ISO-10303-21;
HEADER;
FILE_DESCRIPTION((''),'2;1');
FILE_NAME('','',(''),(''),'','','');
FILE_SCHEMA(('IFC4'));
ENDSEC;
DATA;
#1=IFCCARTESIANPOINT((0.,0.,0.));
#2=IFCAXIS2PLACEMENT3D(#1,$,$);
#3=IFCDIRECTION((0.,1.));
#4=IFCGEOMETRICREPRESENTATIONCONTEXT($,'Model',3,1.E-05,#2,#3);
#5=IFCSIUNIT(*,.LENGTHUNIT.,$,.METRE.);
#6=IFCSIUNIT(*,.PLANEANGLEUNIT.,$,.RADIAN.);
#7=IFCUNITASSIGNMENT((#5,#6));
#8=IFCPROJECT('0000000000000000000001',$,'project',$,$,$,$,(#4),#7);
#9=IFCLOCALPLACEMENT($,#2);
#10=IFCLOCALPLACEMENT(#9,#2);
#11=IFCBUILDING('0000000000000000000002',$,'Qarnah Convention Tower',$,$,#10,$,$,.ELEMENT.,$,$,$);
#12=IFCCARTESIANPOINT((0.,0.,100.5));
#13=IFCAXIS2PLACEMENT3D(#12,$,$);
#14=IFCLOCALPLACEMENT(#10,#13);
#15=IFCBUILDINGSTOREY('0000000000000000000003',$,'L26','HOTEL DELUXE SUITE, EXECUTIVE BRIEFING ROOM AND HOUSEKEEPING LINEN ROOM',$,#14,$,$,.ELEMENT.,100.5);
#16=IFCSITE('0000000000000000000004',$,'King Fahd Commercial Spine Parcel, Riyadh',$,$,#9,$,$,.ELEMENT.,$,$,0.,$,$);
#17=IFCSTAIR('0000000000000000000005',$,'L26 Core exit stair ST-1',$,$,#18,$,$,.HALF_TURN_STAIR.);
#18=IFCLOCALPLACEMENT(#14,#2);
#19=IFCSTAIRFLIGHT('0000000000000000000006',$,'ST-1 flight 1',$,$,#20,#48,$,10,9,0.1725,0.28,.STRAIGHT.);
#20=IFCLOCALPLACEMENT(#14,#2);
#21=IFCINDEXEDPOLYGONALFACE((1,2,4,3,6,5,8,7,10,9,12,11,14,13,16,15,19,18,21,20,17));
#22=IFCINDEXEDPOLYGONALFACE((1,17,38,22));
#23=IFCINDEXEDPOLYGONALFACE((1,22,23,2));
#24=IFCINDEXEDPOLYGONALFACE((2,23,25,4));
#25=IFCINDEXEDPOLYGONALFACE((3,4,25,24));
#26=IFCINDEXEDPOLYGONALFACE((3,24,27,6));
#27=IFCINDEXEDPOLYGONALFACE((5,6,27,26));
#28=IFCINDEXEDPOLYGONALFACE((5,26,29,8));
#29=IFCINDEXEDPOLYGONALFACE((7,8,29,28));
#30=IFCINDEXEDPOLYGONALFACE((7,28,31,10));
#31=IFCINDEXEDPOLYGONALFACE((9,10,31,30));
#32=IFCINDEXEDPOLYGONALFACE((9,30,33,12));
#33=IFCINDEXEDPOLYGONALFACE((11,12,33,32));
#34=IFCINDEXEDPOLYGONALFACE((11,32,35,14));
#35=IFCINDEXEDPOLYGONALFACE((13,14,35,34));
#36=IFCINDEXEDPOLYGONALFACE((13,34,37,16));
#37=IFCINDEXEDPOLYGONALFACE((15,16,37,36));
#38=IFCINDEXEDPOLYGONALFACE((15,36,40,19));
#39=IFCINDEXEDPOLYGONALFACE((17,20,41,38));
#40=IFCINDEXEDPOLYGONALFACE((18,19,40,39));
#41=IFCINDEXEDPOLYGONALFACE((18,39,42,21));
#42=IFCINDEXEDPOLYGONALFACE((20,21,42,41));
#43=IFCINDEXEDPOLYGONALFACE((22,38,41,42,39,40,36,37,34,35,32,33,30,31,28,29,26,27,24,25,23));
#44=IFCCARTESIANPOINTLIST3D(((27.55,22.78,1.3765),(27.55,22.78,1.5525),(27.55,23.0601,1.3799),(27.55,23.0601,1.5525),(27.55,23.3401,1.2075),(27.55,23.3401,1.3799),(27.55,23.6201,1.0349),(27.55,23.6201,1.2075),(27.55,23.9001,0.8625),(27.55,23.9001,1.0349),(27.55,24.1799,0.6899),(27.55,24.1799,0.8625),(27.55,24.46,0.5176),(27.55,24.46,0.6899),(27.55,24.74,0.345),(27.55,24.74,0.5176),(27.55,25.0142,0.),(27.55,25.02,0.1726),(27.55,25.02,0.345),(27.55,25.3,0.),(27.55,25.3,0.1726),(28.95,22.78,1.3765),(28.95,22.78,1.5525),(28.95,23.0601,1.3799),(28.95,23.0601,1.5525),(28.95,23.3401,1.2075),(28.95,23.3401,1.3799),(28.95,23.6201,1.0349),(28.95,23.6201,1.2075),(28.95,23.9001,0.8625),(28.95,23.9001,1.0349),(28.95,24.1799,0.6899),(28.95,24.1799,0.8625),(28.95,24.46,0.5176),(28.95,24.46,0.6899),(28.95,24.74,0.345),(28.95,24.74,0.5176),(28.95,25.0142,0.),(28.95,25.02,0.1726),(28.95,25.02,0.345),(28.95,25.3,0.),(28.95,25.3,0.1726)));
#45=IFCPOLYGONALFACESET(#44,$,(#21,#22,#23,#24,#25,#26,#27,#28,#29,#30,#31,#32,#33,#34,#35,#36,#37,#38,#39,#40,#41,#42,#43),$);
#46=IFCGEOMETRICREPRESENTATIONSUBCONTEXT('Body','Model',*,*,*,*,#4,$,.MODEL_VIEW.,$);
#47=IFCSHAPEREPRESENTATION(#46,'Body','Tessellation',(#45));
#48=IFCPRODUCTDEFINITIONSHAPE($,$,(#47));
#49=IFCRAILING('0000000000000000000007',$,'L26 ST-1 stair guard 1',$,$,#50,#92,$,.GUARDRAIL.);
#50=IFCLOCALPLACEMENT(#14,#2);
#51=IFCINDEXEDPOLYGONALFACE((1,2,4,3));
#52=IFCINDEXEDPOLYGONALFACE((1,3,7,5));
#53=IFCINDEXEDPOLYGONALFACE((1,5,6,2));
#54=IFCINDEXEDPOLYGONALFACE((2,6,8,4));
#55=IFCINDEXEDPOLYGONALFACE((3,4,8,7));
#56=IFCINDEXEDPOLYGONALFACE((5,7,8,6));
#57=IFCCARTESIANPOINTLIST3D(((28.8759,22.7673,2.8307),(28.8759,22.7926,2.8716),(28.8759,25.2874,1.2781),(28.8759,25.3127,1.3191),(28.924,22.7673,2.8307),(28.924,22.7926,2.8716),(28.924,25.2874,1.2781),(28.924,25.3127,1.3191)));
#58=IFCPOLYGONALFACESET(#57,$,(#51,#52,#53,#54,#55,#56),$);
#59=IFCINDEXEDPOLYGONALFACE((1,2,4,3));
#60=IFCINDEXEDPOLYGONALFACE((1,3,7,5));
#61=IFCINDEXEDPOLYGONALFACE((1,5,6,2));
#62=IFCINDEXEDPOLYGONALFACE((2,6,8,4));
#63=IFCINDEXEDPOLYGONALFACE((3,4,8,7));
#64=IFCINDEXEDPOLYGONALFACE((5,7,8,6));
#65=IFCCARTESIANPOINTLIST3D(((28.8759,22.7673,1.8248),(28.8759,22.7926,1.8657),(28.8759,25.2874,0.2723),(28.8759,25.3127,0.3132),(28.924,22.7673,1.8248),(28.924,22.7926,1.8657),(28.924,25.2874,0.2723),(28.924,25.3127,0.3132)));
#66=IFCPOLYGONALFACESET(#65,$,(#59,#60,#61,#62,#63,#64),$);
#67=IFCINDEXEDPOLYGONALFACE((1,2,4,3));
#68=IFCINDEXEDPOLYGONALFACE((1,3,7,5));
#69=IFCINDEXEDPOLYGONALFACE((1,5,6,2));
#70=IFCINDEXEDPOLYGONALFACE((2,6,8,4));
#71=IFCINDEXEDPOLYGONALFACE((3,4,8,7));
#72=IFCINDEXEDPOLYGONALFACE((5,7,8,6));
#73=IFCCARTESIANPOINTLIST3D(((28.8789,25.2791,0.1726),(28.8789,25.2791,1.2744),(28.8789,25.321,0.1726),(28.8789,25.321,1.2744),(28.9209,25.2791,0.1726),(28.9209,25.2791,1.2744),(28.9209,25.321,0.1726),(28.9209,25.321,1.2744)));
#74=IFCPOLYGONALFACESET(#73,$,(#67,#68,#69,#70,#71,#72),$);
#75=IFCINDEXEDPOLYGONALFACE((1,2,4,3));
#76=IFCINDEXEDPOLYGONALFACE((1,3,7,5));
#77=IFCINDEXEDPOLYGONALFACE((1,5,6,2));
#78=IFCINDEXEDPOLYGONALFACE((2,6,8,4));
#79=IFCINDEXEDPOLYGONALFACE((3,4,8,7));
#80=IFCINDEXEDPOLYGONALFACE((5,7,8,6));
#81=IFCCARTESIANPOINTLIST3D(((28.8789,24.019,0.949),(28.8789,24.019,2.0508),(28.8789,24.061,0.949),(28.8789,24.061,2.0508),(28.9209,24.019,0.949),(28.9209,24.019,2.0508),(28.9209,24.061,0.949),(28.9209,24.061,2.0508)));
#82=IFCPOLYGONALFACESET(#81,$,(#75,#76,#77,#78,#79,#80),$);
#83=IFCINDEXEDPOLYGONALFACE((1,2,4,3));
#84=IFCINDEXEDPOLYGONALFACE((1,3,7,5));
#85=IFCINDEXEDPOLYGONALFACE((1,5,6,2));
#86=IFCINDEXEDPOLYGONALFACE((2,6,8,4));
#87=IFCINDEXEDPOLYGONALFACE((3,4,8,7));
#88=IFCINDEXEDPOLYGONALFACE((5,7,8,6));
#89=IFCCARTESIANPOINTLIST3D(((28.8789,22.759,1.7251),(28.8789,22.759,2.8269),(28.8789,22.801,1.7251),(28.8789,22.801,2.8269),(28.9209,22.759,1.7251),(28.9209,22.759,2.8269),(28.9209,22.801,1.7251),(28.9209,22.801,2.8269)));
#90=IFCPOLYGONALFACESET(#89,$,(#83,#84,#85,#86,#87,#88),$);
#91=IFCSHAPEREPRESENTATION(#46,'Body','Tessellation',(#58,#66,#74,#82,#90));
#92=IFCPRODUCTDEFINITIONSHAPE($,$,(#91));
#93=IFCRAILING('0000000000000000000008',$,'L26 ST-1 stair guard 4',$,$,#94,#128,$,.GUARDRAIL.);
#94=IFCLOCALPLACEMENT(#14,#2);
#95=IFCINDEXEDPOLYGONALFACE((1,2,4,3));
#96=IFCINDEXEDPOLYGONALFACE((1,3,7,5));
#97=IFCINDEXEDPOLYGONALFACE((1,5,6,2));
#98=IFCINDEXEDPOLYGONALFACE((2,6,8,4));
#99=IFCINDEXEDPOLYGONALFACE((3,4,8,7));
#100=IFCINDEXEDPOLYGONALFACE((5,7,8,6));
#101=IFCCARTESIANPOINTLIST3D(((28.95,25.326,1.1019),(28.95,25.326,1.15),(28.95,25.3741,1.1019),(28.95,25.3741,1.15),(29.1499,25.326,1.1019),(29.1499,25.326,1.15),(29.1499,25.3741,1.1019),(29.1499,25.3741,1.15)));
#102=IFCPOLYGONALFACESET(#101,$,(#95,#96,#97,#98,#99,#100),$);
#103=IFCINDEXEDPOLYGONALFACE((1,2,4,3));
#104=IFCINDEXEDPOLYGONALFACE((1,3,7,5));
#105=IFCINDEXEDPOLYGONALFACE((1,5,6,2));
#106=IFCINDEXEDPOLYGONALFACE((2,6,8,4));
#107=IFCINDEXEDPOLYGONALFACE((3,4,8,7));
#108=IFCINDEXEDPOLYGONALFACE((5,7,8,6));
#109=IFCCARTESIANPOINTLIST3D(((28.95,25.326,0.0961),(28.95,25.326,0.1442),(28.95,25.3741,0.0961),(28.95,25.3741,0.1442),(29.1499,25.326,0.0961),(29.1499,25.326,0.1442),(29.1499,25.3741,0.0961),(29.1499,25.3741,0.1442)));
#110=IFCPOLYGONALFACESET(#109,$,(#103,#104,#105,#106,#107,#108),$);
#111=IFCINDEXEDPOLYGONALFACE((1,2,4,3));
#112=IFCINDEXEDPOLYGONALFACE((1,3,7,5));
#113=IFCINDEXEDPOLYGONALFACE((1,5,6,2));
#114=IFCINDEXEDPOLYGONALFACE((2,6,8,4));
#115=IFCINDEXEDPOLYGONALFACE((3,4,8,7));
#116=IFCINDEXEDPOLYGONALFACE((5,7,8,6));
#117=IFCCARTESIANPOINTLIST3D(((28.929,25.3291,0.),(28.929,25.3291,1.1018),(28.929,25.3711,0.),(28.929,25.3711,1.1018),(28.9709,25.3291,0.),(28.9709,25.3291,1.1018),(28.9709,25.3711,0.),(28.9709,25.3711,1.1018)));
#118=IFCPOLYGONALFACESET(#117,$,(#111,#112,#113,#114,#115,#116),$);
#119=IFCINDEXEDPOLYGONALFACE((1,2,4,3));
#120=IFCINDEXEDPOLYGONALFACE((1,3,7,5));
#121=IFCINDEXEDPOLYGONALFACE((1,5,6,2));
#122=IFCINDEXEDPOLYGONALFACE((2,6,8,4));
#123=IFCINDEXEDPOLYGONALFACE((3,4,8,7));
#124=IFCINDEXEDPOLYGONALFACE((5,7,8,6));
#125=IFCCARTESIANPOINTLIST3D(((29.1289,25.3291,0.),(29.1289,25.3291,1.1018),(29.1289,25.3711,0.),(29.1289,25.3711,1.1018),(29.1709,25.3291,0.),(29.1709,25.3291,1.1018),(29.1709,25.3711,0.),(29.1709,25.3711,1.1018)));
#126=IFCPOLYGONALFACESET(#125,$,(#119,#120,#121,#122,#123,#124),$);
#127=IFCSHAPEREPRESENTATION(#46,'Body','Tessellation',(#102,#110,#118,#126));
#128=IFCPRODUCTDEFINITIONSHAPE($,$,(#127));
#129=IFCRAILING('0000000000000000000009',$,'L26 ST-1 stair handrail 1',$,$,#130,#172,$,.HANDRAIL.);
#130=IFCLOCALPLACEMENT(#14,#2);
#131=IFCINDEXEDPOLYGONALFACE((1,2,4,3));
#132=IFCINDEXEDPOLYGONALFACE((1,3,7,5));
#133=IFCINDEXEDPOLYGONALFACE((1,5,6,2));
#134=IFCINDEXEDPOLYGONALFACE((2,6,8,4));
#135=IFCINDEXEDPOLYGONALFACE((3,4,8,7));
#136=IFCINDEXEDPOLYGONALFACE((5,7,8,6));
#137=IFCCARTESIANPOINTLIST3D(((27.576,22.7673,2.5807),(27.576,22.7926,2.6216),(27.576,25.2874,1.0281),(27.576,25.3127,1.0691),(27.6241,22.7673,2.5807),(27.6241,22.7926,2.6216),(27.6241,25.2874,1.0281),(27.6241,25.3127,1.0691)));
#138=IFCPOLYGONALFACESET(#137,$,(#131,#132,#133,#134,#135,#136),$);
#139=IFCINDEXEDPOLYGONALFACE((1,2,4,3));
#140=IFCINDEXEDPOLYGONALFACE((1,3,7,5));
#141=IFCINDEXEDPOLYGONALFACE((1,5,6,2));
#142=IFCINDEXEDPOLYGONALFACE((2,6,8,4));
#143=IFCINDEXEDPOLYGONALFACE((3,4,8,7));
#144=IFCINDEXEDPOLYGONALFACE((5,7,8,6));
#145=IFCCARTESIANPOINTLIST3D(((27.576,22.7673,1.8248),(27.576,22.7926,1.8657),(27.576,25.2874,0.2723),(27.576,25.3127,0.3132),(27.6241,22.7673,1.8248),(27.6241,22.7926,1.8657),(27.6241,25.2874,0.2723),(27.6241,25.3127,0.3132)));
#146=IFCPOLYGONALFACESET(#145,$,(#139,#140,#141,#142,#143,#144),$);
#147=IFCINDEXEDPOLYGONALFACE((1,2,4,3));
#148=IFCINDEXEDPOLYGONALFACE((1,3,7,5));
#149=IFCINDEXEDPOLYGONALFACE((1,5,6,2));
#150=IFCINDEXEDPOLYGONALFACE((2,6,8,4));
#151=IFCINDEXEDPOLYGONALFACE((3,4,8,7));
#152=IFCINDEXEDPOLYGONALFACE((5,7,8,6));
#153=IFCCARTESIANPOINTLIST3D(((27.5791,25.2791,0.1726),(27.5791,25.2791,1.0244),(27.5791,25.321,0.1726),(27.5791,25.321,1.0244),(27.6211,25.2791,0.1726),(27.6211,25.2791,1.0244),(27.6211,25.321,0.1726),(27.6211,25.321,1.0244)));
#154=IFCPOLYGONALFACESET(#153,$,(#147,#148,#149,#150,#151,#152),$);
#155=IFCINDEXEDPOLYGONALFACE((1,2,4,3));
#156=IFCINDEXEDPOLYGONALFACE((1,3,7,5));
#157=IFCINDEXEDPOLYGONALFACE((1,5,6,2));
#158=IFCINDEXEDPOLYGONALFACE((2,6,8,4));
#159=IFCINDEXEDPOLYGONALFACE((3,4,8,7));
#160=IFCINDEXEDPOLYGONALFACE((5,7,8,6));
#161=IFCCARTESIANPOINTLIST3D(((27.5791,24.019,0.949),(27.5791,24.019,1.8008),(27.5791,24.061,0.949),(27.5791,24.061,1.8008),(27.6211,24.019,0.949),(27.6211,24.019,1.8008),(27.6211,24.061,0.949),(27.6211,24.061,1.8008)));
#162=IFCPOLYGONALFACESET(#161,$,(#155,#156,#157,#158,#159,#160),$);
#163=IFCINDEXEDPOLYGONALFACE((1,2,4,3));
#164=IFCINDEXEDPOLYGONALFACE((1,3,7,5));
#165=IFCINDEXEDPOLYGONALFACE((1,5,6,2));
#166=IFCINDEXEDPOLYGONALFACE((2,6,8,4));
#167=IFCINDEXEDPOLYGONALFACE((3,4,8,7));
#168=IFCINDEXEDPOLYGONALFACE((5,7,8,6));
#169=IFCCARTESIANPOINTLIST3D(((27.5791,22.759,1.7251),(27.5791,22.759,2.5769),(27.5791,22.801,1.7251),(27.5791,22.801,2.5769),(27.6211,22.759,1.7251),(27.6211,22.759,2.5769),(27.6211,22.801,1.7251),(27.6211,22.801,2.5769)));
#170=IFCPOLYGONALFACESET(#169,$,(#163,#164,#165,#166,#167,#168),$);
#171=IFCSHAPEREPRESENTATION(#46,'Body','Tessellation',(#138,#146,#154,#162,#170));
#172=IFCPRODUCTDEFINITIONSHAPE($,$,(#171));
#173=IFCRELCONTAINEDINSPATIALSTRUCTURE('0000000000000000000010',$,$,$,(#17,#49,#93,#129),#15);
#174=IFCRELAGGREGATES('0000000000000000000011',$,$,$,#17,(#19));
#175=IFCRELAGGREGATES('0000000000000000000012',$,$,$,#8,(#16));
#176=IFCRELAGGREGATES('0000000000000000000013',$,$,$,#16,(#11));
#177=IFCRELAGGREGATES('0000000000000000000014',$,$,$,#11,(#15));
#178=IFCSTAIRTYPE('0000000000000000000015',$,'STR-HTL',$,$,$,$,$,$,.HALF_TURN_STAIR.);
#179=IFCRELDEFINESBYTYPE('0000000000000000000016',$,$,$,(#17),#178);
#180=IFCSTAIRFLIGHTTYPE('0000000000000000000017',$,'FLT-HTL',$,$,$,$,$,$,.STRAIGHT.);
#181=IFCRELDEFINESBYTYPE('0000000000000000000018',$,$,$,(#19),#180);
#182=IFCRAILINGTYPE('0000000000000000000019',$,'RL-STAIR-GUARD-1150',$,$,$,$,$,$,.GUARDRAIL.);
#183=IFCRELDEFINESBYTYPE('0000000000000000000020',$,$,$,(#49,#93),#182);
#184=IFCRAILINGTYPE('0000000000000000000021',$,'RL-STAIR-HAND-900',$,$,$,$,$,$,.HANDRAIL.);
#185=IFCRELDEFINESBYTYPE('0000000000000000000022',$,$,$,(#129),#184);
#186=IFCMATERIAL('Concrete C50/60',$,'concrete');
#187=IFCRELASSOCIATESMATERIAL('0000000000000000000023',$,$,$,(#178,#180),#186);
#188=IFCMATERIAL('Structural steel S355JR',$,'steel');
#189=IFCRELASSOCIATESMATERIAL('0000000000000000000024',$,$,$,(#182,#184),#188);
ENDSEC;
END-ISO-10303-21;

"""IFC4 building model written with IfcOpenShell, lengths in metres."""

from ifc_helpers import new_model, si_unit, direction, frame, origin, origin_2d, place, context, subcontext, project, spatial, polyline, rectangle, outline, extrude, material, type_object, element, aggregate, save


model = new_model("IFC4")

# Units and contexts
model_context = context("Model", 3, precision=1e-05, world=origin(), true_north=direction((0.0, 1.0)))
body_context = subcontext(model_context, "Body", "Model", "MODEL_VIEW")
ifc_project = project(units=[si_unit("LENGTHUNIT", "METRE"), si_unit("PLANEANGLEUNIT", "RADIAN")], contexts=[model_context])

# Site, building, storey
site_placement = place(None, origin())
site = spatial("IfcSite", under=ifc_project, at=site_placement, Name="King Fahd Commercial Spine Parcel, Riyadh", CompositionType="ELEMENT", RefElevation=0.0)
building_placement = place(site_placement, origin())
building = spatial("IfcBuilding", under=site, at=building_placement, Name="Qarnah Convention Tower", CompositionType="ELEMENT")
storey_placement = place(building_placement, frame((0.0, 0.0, 100.5)))
storey = spatial("IfcBuildingStorey", under=building, at=storey_placement, Name="L26", Description="HOTEL DELUXE SUITE, EXECUTIVE BRIEFING ROOM AND HOUSEKEEPING LINEN ROOM", CompositionType="ELEMENT", Elevation=100.5)

# Shared definitions
ifc_material_1 = material(Name="Structural steel S355JR", Category="steel")

# Stair, stair flight
ifc_material_2 = material(Name="Concrete C50/60", Category="concrete")
stair_type = type_object("IfcStairType", Name="STR-HTL", PredefinedType="HALF_TURN_STAIR", material=ifc_material_2)
stair_placement = place(storey_placement, origin())
stair = element("IfcStair", 1, at=stair_placement, inside=storey, type_object=stair_type, Name="L26 Core exit stair ST-1", PredefinedType="HALF_TURN_STAIR")
stair_flight_type = type_object("IfcStairFlightType", Name="FLT-HTL", PredefinedType="STRAIGHT", material=ifc_material_2)
stair_flight_placement = place(storey_placement, frame((28.25, 25.3, 0.0), z_axis=(0.0, 0.0, 1.0), x_axis=(0.0, -1.0, 0.0)))
stair_flight = element("IfcStairFlight", 2, at=stair_flight_placement, type_object=stair_flight_type, Name="ST-1 flight 1", NumberOfRisers=10, NumberOfTreads=9, PredefinedType="STRAIGHT", RiserHeight=0.1725, TreadLength=0.28, context=body_context, shape_type="SweptSolid", body=[
    extrude(outline(polyline([(0.0, 0.0), (0.0, 0.1726), (0.28, 0.1726), (0.28, 0.345), (0.5601, 0.345), (0.5601, 0.5176), (0.8401, 0.5176), (0.8401, 0.6899), (1.1201, 0.6899), (1.1201, 0.8625), (1.3999, 0.8625), (1.3999, 1.0349), (1.6799, 1.0349), (1.6799, 1.2075), (1.96, 1.2075), (1.96, 1.3799), (2.24, 1.3799), (2.24, 1.5525), (2.52, 1.5525), (2.52, 1.7251), (2.52, 1.3765), (0.2859, 0.0), (0.0, 0.0)])), frame((0.0, 0.7, 0.0), z_axis=(0.0, -1.0, 0.0), x_axis=(1.0, 0.0, 0.0)), (0.0, 0.0, 1.0), 1.3999),
])
aggregate(stair, [stair_flight])

# Railings
railing_type_1 = type_object("IfcRailingType", Name="RL-STAIR-GUARD-1150", PredefinedType="GUARDRAIL", material=ifc_material_1)
railing_1_placement = place(storey_placement, frame((28.8999, 25.3, 0.1726)))
element("IfcRailing", 3, at=railing_1_placement, inside=storey, type_object=railing_type_1, Name="L26 ST-1 stair guard 1", PredefinedType="GUARDRAIL", context=body_context, shape_type="SweptSolid", body=[
    extrude(rectangle(XDim=0.0481, YDim=0.0481, at=origin_2d()), frame((0.0, 0.0, 1.126), z_axis=(0.0, -0.8514, 0.524516), x_axis=(1.0, 0.0, 0.0)), (0.0, 0.0, 1.0), 2.96),
    extrude(rectangle(XDim=0.0481, YDim=0.0481, at=origin_2d()), frame((0.0, 0.0, 0.1201), z_axis=(0.0, -0.8514, 0.524516), x_axis=(1.0, 0.0, 0.0)), (0.0, 0.0, 1.0), 2.96),
    extrude(rectangle(XDim=0.042, YDim=0.042, at=origin_2d()), origin(), (0.0, 0.0, 1.0), 1.1018),
    extrude(rectangle(XDim=0.042, YDim=0.042, at=origin_2d()), frame((0.0, -1.26, 0.7764)), (0.0, 0.0, 1.0), 1.1018),
    extrude(rectangle(XDim=0.042, YDim=0.042, at=origin_2d()), frame((0.0, -2.52, 1.5525)), (0.0, 0.0, 1.0), 1.1018),
])
railing_2_placement = place(storey_placement, frame((28.95, 25.3501, 0.0)))
element("IfcRailing", 4, at=railing_2_placement, inside=storey, type_object=railing_type_1, Name="L26 ST-1 stair guard 4", PredefinedType="GUARDRAIL", context=body_context, shape_type="SweptSolid", body=[
    extrude(rectangle(XDim=0.0481, YDim=0.0481, at=origin_2d()), frame((0.0, 0.0, 1.126), z_axis=(1.0, 0.0, 0.0), x_axis=(0.0, 1.0, 0.0)), (0.0, 0.0, 1.0), 0.2),
    extrude(rectangle(XDim=0.0481, YDim=0.0481, at=origin_2d()), frame((0.0, 0.0, 0.1201), z_axis=(1.0, 0.0, 0.0), x_axis=(0.0, 1.0, 0.0)), (0.0, 0.0, 1.0), 0.2),
    extrude(rectangle(XDim=0.042, YDim=0.042, at=origin_2d()), origin(), (0.0, 0.0, 1.0), 1.1018),
    extrude(rectangle(XDim=0.042, YDim=0.042, at=origin_2d()), frame((0.2, 0.0, 0.0)), (0.0, 0.0, 1.0), 1.1018),
])
railing_type_2 = type_object("IfcRailingType", Name="RL-STAIR-HAND-900", PredefinedType="HANDRAIL", material=ifc_material_1)
railing_3_placement = place(storey_placement, frame((27.6001, 25.3, 0.1726)))
element("IfcRailing", 5, at=railing_3_placement, inside=storey, type_object=railing_type_2, Name="L26 ST-1 stair handrail 1", PredefinedType="HANDRAIL", context=body_context, shape_type="SweptSolid", body=[
    extrude(rectangle(XDim=0.0481, YDim=0.0481, at=origin_2d()), frame((0.0, 0.0, 0.876), z_axis=(0.0, -0.8514, 0.524516), x_axis=(1.0, 0.0, 0.0)), (0.0, 0.0, 1.0), 2.96),
    extrude(rectangle(XDim=0.0481, YDim=0.0481, at=origin_2d()), frame((0.0, 0.0, 0.1201), z_axis=(0.0, -0.8514, 0.524516), x_axis=(1.0, 0.0, 0.0)), (0.0, 0.0, 1.0), 2.96),
    extrude(rectangle(XDim=0.042, YDim=0.042, at=origin_2d()), origin(), (0.0, 0.0, 1.0), 0.8518),
    extrude(rectangle(XDim=0.042, YDim=0.042, at=origin_2d()), frame((0.0, -1.26, 0.7764)), (0.0, 0.0, 1.0), 0.8518),
    extrude(rectangle(XDim=0.042, YDim=0.042, at=origin_2d()), frame((0.0, -2.52, 1.5525)), (0.0, 0.0, 1.0), 0.8518),
])

save(model, "model.ifc")
